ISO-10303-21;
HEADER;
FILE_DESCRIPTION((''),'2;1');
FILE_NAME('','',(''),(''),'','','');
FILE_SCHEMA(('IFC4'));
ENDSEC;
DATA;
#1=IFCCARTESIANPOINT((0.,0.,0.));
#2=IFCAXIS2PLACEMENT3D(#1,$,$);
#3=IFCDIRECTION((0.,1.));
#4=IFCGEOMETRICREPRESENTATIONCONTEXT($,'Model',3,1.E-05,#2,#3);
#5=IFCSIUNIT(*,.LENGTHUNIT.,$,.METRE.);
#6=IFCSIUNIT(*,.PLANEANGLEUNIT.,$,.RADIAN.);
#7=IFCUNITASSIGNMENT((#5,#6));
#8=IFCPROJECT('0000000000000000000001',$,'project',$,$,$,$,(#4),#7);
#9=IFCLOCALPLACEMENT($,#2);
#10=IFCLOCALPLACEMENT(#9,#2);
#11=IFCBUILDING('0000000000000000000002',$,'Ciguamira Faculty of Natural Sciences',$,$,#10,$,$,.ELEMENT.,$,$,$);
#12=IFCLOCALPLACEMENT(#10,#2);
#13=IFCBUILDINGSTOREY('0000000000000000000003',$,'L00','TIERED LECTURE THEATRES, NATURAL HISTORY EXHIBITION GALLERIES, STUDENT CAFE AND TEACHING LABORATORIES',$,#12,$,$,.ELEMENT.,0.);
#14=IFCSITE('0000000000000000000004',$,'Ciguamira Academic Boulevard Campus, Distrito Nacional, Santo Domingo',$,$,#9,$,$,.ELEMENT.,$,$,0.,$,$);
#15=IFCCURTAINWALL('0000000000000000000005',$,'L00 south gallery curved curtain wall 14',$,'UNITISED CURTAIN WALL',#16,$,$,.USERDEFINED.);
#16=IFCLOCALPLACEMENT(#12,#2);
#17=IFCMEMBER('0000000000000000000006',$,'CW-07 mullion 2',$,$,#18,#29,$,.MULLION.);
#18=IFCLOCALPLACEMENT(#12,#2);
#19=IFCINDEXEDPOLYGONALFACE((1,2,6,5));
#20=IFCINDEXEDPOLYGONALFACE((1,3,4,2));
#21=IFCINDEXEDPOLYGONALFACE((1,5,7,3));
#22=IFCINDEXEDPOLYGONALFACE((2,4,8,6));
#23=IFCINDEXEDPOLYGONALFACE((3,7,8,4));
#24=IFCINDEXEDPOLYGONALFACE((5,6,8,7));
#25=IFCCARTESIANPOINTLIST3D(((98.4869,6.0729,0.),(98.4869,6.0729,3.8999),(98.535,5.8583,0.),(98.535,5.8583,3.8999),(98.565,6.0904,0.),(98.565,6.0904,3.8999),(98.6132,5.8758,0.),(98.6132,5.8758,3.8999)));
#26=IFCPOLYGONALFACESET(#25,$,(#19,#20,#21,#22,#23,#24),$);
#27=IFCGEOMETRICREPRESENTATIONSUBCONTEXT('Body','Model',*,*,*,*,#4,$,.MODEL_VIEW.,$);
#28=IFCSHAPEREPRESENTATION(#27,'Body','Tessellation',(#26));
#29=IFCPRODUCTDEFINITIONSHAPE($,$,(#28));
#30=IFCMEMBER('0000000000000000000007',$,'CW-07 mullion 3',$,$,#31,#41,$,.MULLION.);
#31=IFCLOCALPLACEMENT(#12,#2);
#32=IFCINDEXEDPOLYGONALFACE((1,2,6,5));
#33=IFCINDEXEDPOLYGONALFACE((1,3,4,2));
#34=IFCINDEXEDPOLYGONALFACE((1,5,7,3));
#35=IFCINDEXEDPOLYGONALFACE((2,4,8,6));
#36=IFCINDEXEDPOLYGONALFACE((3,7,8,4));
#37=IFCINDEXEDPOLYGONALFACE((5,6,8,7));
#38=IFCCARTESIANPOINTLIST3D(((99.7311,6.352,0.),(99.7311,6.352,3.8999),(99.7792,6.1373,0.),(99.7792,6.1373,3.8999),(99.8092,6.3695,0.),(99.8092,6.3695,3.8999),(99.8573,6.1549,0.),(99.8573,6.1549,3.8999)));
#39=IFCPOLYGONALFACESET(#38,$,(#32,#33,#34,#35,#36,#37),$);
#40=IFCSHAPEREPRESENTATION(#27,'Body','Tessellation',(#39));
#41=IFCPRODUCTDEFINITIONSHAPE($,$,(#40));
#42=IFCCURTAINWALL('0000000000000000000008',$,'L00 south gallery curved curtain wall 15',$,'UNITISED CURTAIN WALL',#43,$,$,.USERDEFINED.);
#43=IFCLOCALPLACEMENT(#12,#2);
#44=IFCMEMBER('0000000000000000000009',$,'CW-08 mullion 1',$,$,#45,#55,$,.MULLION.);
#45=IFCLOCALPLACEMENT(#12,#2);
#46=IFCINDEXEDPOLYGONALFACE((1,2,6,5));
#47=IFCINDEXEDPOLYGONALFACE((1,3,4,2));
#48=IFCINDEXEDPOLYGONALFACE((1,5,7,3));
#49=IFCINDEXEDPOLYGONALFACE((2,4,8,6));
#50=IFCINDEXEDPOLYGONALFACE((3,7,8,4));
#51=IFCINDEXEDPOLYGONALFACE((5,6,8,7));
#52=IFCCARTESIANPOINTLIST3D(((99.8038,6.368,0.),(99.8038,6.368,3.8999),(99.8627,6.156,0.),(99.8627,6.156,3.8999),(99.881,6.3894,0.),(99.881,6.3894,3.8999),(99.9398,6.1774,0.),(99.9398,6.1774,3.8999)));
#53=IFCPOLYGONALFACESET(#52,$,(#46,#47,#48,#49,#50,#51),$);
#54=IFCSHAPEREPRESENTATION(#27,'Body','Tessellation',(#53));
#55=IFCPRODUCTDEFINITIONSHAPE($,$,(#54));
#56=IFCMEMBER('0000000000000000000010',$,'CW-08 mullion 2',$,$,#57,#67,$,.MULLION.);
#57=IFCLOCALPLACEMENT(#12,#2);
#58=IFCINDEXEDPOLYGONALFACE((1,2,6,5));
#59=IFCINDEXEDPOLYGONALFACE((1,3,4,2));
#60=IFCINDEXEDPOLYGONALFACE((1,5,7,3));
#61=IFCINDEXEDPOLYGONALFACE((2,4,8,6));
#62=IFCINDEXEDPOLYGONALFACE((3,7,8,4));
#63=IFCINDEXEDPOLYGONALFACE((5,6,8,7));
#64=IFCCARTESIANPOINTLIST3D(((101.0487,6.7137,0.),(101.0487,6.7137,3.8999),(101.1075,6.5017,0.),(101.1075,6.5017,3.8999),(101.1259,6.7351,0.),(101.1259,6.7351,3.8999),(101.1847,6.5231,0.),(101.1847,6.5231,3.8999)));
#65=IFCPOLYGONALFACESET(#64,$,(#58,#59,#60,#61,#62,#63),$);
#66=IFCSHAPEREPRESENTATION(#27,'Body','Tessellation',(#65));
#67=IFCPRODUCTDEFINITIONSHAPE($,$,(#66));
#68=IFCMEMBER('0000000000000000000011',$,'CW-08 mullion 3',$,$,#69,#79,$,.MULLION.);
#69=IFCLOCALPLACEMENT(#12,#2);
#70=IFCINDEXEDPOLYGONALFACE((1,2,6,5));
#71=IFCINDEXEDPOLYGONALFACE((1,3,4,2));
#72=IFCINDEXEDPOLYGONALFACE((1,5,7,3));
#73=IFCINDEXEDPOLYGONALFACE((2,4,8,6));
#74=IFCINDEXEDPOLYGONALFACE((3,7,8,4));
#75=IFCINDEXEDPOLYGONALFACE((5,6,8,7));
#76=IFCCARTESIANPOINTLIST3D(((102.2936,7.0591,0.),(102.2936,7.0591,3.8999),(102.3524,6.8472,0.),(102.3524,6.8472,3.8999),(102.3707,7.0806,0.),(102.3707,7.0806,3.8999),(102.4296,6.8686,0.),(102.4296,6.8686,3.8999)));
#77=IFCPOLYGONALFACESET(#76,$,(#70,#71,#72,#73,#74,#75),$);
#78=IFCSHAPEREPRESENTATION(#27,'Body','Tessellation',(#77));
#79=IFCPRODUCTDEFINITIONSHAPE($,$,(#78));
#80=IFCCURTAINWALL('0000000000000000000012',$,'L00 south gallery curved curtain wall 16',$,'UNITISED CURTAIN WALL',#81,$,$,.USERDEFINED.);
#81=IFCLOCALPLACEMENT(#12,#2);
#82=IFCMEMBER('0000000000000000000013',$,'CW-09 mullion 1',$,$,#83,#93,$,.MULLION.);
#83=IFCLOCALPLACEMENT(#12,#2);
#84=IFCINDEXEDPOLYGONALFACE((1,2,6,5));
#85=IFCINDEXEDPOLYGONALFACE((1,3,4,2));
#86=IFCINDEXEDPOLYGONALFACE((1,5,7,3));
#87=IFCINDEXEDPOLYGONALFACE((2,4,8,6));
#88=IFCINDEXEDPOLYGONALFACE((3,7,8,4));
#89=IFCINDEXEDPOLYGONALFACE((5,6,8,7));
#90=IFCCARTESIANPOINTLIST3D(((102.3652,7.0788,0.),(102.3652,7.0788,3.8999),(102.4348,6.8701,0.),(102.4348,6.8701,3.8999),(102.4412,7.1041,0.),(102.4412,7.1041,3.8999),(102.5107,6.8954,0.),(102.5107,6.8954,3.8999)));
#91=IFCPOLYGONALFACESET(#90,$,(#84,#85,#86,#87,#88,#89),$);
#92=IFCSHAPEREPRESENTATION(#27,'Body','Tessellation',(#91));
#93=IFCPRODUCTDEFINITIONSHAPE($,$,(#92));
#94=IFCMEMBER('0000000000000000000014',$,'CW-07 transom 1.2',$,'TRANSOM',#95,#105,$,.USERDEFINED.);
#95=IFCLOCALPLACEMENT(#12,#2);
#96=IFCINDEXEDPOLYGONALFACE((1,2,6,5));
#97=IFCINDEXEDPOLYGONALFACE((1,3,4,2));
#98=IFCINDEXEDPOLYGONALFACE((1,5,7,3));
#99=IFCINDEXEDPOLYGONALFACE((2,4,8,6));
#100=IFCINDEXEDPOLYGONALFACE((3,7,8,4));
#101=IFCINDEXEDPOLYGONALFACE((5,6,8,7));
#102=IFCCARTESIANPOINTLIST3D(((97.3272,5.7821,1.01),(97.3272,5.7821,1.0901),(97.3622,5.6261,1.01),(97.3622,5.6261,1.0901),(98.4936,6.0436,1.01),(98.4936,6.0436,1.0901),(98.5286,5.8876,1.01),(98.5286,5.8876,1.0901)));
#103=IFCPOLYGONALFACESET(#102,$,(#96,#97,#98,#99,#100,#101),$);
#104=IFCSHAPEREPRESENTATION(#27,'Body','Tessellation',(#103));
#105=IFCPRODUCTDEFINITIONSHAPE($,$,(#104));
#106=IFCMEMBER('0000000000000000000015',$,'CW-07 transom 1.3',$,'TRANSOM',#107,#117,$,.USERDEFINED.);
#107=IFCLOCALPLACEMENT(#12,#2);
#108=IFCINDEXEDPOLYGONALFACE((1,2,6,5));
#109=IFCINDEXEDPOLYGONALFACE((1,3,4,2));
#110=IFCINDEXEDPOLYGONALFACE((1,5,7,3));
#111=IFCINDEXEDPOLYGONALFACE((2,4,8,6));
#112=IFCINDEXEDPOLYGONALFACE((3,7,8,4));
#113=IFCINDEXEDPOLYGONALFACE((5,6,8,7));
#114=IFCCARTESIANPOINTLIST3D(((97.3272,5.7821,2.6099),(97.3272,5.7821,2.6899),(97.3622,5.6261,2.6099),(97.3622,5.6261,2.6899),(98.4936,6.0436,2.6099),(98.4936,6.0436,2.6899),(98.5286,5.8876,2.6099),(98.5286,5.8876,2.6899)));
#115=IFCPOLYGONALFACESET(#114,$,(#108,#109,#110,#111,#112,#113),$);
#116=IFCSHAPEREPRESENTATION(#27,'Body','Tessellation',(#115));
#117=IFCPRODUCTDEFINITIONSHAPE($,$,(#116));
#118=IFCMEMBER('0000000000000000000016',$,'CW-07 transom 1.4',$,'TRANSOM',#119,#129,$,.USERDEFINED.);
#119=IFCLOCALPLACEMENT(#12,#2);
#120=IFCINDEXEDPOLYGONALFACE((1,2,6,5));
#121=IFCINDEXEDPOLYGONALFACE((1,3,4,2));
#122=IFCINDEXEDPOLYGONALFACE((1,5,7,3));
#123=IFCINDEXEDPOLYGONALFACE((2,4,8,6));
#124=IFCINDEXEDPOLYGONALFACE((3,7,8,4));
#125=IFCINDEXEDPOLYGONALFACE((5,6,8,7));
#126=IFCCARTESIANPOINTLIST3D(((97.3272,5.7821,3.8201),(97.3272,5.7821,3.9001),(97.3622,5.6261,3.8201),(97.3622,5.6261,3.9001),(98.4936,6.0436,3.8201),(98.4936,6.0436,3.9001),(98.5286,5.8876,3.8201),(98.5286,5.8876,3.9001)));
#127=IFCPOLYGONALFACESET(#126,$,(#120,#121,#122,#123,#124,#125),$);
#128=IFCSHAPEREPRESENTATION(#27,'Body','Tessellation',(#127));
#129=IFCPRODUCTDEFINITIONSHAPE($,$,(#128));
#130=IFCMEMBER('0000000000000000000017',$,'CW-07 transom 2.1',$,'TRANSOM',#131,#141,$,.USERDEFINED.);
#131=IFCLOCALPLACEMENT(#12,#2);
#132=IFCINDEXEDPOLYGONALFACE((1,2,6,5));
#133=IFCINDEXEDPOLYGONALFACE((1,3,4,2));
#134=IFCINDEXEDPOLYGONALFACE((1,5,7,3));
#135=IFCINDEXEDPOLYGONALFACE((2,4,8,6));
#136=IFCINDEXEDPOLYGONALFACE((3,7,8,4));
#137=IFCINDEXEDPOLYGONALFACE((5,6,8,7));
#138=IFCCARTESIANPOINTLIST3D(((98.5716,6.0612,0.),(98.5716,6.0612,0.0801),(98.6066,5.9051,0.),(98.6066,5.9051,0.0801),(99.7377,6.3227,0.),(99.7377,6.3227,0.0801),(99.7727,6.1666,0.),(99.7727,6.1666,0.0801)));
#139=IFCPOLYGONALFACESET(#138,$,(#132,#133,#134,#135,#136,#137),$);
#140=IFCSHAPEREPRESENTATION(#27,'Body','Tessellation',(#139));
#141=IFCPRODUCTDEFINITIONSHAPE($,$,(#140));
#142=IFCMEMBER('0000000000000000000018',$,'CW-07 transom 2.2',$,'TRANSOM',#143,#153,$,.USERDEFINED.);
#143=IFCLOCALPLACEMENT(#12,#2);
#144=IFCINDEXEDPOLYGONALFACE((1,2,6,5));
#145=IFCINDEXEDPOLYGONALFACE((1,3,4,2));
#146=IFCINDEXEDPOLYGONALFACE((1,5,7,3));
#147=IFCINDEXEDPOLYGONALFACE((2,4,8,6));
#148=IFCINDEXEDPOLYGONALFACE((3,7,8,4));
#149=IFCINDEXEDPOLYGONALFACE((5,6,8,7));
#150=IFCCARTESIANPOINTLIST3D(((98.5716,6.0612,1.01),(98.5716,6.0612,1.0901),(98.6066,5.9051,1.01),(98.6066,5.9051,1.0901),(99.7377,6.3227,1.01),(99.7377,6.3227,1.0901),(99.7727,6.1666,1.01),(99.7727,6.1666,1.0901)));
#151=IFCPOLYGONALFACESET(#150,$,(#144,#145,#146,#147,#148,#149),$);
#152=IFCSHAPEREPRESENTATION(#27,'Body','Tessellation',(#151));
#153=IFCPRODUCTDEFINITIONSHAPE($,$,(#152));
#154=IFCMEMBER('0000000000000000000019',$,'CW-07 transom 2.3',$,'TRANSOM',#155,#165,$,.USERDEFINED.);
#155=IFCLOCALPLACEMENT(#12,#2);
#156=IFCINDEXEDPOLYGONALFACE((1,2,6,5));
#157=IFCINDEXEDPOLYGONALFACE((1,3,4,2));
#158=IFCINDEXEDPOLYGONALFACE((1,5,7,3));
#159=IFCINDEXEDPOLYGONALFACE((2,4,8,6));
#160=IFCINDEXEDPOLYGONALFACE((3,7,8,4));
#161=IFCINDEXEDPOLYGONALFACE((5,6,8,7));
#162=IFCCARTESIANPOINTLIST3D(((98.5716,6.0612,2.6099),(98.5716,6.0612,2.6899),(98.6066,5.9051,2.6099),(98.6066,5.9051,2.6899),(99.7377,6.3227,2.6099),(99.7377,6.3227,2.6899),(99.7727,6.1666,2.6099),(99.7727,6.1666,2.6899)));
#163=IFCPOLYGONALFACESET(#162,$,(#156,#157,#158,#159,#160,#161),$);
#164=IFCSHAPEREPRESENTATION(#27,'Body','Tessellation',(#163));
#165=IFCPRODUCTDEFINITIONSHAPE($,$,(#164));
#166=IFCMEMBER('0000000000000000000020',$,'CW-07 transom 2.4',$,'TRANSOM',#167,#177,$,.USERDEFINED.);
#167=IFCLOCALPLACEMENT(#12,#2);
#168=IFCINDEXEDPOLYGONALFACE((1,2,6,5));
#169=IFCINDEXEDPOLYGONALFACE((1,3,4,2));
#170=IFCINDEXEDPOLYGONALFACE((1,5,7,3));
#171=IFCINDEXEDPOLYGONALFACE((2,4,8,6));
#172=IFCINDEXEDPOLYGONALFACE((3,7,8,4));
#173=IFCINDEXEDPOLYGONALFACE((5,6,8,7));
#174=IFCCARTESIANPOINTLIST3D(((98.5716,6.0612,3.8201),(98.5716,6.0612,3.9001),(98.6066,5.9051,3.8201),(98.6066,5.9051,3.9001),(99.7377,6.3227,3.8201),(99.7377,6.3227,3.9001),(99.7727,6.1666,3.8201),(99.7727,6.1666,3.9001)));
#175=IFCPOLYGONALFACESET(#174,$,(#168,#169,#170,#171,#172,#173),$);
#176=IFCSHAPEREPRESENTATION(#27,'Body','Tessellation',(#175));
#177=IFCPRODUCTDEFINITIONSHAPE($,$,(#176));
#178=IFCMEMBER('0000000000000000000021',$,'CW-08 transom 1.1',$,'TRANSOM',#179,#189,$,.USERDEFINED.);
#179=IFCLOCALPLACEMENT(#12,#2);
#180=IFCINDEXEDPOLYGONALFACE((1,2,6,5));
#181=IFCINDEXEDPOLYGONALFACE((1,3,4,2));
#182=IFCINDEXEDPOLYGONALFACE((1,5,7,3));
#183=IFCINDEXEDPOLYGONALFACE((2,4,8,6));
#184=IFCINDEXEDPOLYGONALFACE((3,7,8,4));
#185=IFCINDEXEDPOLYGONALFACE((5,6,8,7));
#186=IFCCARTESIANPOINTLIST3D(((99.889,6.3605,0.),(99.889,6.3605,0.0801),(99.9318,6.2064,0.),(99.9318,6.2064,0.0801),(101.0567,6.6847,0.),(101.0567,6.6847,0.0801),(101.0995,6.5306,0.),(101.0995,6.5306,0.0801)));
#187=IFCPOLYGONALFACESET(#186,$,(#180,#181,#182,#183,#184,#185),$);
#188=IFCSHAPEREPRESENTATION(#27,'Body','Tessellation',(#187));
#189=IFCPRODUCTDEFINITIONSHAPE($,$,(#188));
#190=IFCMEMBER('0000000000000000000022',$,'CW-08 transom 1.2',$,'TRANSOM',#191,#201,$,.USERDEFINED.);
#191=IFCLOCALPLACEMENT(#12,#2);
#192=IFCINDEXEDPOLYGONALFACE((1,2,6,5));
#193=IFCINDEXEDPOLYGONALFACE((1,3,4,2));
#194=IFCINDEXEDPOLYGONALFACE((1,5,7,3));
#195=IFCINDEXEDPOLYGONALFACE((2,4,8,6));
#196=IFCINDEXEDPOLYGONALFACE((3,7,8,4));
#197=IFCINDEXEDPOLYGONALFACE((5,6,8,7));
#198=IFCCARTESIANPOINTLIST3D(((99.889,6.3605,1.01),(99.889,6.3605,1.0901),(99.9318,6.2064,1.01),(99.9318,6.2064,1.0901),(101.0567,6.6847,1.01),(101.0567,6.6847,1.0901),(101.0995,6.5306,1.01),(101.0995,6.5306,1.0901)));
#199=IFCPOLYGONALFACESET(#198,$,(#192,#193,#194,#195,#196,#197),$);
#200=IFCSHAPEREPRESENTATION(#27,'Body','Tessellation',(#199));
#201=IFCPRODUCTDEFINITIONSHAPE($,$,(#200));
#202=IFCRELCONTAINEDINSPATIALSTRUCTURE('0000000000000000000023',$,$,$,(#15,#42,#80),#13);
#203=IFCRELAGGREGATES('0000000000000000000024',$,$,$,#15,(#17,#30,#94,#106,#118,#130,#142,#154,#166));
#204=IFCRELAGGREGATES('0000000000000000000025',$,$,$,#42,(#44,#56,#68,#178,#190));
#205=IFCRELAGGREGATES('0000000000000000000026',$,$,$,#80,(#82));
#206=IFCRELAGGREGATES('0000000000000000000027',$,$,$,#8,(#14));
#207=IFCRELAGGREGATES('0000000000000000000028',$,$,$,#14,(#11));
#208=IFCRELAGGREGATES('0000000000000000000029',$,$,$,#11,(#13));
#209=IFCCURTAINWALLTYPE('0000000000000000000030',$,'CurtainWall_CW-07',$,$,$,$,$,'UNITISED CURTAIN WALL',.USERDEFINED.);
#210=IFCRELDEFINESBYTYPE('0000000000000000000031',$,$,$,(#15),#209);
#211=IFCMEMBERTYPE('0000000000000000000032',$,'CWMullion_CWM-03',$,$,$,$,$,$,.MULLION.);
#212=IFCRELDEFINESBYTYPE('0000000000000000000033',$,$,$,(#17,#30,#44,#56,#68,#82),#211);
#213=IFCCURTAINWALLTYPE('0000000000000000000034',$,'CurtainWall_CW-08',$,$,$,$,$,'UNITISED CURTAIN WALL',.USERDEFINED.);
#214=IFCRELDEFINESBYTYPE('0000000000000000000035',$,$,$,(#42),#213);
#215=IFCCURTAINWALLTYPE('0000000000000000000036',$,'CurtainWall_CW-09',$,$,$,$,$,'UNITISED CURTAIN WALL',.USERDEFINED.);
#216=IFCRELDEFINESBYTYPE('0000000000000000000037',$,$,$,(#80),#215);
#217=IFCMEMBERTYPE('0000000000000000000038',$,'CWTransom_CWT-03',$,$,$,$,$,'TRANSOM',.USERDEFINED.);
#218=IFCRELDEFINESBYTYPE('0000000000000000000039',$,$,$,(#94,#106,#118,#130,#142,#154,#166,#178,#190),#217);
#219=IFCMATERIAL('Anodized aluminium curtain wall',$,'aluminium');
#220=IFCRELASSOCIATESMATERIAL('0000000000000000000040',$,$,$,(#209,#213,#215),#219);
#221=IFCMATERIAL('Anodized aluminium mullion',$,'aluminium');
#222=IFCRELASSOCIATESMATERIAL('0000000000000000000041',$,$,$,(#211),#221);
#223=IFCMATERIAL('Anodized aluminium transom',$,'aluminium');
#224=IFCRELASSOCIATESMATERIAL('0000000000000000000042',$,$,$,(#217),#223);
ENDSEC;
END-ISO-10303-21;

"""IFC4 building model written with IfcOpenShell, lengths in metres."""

from ifc_helpers import new_model, si_unit, direction, frame, origin, origin_2d, place, context, subcontext, project, spatial, rectangle, extrude, material, material_profile, profile_set, type_object, element, aggregate, save


model = new_model("IFC4")

# Units and contexts
model_context = context("Model", 3, precision=1e-05, world=origin(), true_north=direction((0.0, 1.0)))
body_context = subcontext(model_context, "Body", "Model", "MODEL_VIEW")
ifc_project = project(units=[si_unit("LENGTHUNIT", "METRE"), si_unit("PLANEANGLEUNIT", "RADIAN")], contexts=[model_context])

# Site, building, storey
site_placement = place(None, origin())
site = spatial("IfcSite", under=ifc_project, at=site_placement, Name="Ciguamira Academic Boulevard Campus, Distrito Nacional, Santo Domingo", CompositionType="ELEMENT", RefElevation=0.0)
building_placement = place(site_placement, origin())
building = spatial("IfcBuilding", under=site, at=building_placement, Name="Ciguamira Faculty of Natural Sciences", CompositionType="ELEMENT")
storey_placement = place(building_placement, origin())
storey = spatial("IfcBuildingStorey", under=building, at=storey_placement, Name="L00", Description="TIERED LECTURE THEATRES, NATURAL HISTORY EXHIBITION GALLERIES, STUDENT CAFE AND TEACHING LABORATORIES", CompositionType="ELEMENT", Elevation=0.0)

# Curtain walls, members
ifc_material_1 = material(Name="Anodized aluminium curtain wall", Category="aluminium")
curtain_wall_type_1 = type_object("IfcCurtainWallType", Name="CurtainWall_CW-07", ElementType="UNITISED CURTAIN WALL", PredefinedType="USERDEFINED", material=ifc_material_1)
curtain_wall_1_placement = place(storey_placement, origin())
curtain_wall_1 = element("IfcCurtainWall", 1, at=curtain_wall_1_placement, inside=storey, type_object=curtain_wall_type_1, Name="L00 south gallery curved curtain wall 14", ObjectType="UNITISED CURTAIN WALL", PredefinedType="USERDEFINED")
ifc_material_2 = material(Name="Anodized aluminium mullion", Category="aluminium")
ifc_material_profile_1 = material_profile(ifc_material_2, rectangle(XDim=0.0801, YDim=0.22, at=origin_2d()), Name="ALU-MUL-80X220")
ifc_profile_set_1 = profile_set([ifc_material_profile_1], Name="Anodized aluminium mullion")
member_type_1 = type_object("IfcMemberType", Name="CWMullion_CWM-03", PredefinedType="MULLION", material=ifc_profile_set_1)
member_1_placement = place(storey_placement, frame((98.55, 5.9744, 0.0), z_axis=(0.0, 0.0, 1.0), x_axis=(0.975763, 0.21883, 0.0)))
member_1 = element("IfcMember", 2, at=member_1_placement, type_object=member_type_1, Name="CW-07 mullion 2", PredefinedType="MULLION", context=body_context, shape_type="SweptSolid", body=[
    extrude(rectangle(XDim=0.0801, YDim=0.22, at=origin_2d()), origin(), (0.0, 0.0, 1.0), 3.8999),
])
member_2_placement = place(storey_placement, frame((99.7942, 6.2534, 0.0), z_axis=(0.0, 0.0, 1.0), x_axis=(0.975763, 0.21883, 0.0)))
member_2 = element("IfcMember", 3, at=member_2_placement, type_object=member_type_1, Name="CW-07 mullion 3", PredefinedType="MULLION", context=body_context, shape_type="SweptSolid", body=[
    extrude(rectangle(XDim=0.0801, YDim=0.22, at=origin_2d()), origin(), (0.0, 0.0, 1.0), 3.8999),
])
curtain_wall_type_2 = type_object("IfcCurtainWallType", Name="CurtainWall_CW-08", ElementType="UNITISED CURTAIN WALL", PredefinedType="USERDEFINED", material=ifc_material_1)
curtain_wall_2_placement = place(storey_placement, origin())
curtain_wall_2 = element("IfcCurtainWall", 4, at=curtain_wall_2_placement, inside=storey, type_object=curtain_wall_type_2, Name="L00 south gallery curved curtain wall 15", ObjectType="UNITISED CURTAIN WALL", PredefinedType="USERDEFINED")
member_3_placement = place(storey_placement, frame((99.8718, 6.2727, 0.0), z_axis=(0.0, 0.0, 1.0), x_axis=(0.963573, 0.267444, 0.0)))
member_3 = element("IfcMember", 5, at=member_3_placement, type_object=member_type_1, Name="CW-08 mullion 1", PredefinedType="MULLION", context=body_context, shape_type="SweptSolid", body=[
    extrude(rectangle(XDim=0.0801, YDim=0.22, at=origin_2d()), origin(), (0.0, 0.0, 1.0), 3.8999),
])
member_4_placement = place(storey_placement, frame((101.1167, 6.6184, 0.0), z_axis=(0.0, 0.0, 1.0), x_axis=(0.963573, 0.267444, 0.0)))
member_4 = element("IfcMember", 6, at=member_4_placement, type_object=member_type_1, Name="CW-08 mullion 2", PredefinedType="MULLION", context=body_context, shape_type="SweptSolid", body=[
    extrude(rectangle(XDim=0.0801, YDim=0.22, at=origin_2d()), origin(), (0.0, 0.0, 1.0), 3.8999),
])
member_5_placement = place(storey_placement, frame((102.3616, 6.9639, 0.0), z_axis=(0.0, 0.0, 1.0), x_axis=(0.963573, 0.267444, 0.0)))
member_5 = element("IfcMember", 7, at=member_5_placement, type_object=member_type_1, Name="CW-08 mullion 3", PredefinedType="MULLION", context=body_context, shape_type="SweptSolid", body=[
    extrude(rectangle(XDim=0.0801, YDim=0.22, at=origin_2d()), origin(), (0.0, 0.0, 1.0), 3.8999),
])

# Curtain wall, member
curtain_wall_type_3 = type_object("IfcCurtainWallType", Name="CurtainWall_CW-09", ElementType="UNITISED CURTAIN WALL", PredefinedType="USERDEFINED", material=ifc_material_1)
curtain_wall_3_placement = place(storey_placement, origin())
curtain_wall_3 = element("IfcCurtainWall", 8, at=curtain_wall_3_placement, inside=storey, type_object=curtain_wall_type_3, Name="L00 south gallery curved curtain wall 16", ObjectType="UNITISED CURTAIN WALL", PredefinedType="USERDEFINED")
member_6_placement = place(storey_placement, frame((102.438, 6.9871, 0.0), z_axis=(0.0, 0.0, 1.0), x_axis=(0.948735, 0.316073, 0.0)))
member_6 = element("IfcMember", 9, at=member_6_placement, type_object=member_type_1, Name="CW-09 mullion 1", PredefinedType="MULLION", context=body_context, shape_type="SweptSolid", body=[
    extrude(rectangle(XDim=0.0801, YDim=0.22, at=origin_2d()), origin(), (0.0, 0.0, 1.0), 3.8999),
])

# Members
ifc_material_3 = material(Name="Anodized aluminium transom", Category="aluminium")
ifc_material_profile_2 = material_profile(ifc_material_3, rectangle(XDim=0.0801, YDim=0.1599, at=origin_2d()), Name="ALU-TRN-80X160")
ifc_profile_set_2 = profile_set([ifc_material_profile_2], Name="Anodized aluminium transom")
member_type_2 = type_object("IfcMemberType", Name="CWTransom_CWT-03", ElementType="TRANSOM", PredefinedType="USERDEFINED", material=ifc_profile_set_2)
member_7_placement = place(storey_placement, frame((97.3447, 5.7041, 1.05), z_axis=(0.975777, 0.218768, 0.0), x_axis=(0.0, 0.0, 1.0)))
member_7 = element("IfcMember", 10, at=member_7_placement, type_object=member_type_2, Name="CW-07 transom 1.2", ObjectType="TRANSOM", PredefinedType="USERDEFINED", context=body_context, shape_type="SweptSolid", body=[
    extrude(rectangle(XDim=0.0801, YDim=0.1599, at=origin_2d()), origin(), (0.0, 0.0, 1.0), 1.1953),
])
member_8_placement = place(storey_placement, frame((97.3447, 5.7041, 2.6499), z_axis=(0.975777, 0.218768, 0.0), x_axis=(0.0, 0.0, 1.0)))
member_8 = element("IfcMember", 11, at=member_8_placement, type_object=member_type_2, Name="CW-07 transom 1.3", ObjectType="TRANSOM", PredefinedType="USERDEFINED", context=body_context, shape_type="SweptSolid", body=[
    extrude(rectangle(XDim=0.0801, YDim=0.1599, at=origin_2d()), origin(), (0.0, 0.0, 1.0), 1.1953),
])
member_9_placement = place(storey_placement, frame((97.3447, 5.7041, 3.8601), z_axis=(0.975777, 0.218768, 0.0), x_axis=(0.0, 0.0, 1.0)))
member_9 = element("IfcMember", 12, at=member_9_placement, type_object=member_type_2, Name="CW-07 transom 1.4", ObjectType="TRANSOM", PredefinedType="USERDEFINED", context=body_context, shape_type="SweptSolid", body=[
    extrude(rectangle(XDim=0.0801, YDim=0.1599, at=origin_2d()), origin(), (0.0, 0.0, 1.0), 1.1953),
])
member_10_placement = place(storey_placement, frame((98.5891, 5.9832, 0.04), z_axis=(0.975767, 0.218812, 0.0), x_axis=(0.0, 0.0, 1.0)))
member_10 = element("IfcMember", 13, at=member_10_placement, type_object=member_type_2, Name="CW-07 transom 2.1", ObjectType="TRANSOM", PredefinedType="USERDEFINED", context=body_context, shape_type="SweptSolid", body=[
    extrude(rectangle(XDim=0.0801, YDim=0.1599, at=origin_2d()), origin(), (0.0, 0.0, 1.0), 1.1951),
])
member_11_placement = place(storey_placement, frame((98.5891, 5.9832, 1.05), z_axis=(0.975767, 0.218812, 0.0), x_axis=(0.0, 0.0, 1.0)))
member_11 = element("IfcMember", 14, at=member_11_placement, type_object=member_type_2, Name="CW-07 transom 2.2", ObjectType="TRANSOM", PredefinedType="USERDEFINED", context=body_context, shape_type="SweptSolid", body=[
    extrude(rectangle(XDim=0.0801, YDim=0.1599, at=origin_2d()), origin(), (0.0, 0.0, 1.0), 1.1951),
])
member_12_placement = place(storey_placement, frame((98.5891, 5.9832, 2.6499), z_axis=(0.975767, 0.218812, 0.0), x_axis=(0.0, 0.0, 1.0)))
member_12 = element("IfcMember", 15, at=member_12_placement, type_object=member_type_2, Name="CW-07 transom 2.3", ObjectType="TRANSOM", PredefinedType="USERDEFINED", context=body_context, shape_type="SweptSolid", body=[
    extrude(rectangle(XDim=0.0801, YDim=0.1599, at=origin_2d()), origin(), (0.0, 0.0, 1.0), 1.1951),
])
member_13_placement = place(storey_placement, frame((98.5891, 5.9832, 3.8601), z_axis=(0.975767, 0.218812, 0.0), x_axis=(0.0, 0.0, 1.0)))
member_13 = element("IfcMember", 16, at=member_13_placement, type_object=member_type_2, Name="CW-07 transom 2.4", ObjectType="TRANSOM", PredefinedType="USERDEFINED", context=body_context, shape_type="SweptSolid", body=[
    extrude(rectangle(XDim=0.0801, YDim=0.1599, at=origin_2d()), origin(), (0.0, 0.0, 1.0), 1.1951),
])
member_14_placement = place(storey_placement, frame((99.9104, 6.2834, 0.04), z_axis=(0.96355, 0.26753, 0.0), x_axis=(0.0, 0.0, 1.0)))
member_14 = element("IfcMember", 17, at=member_14_placement, type_object=member_type_2, Name="CW-08 transom 1.1", ObjectType="TRANSOM", PredefinedType="USERDEFINED", context=body_context, shape_type="SweptSolid", body=[
    extrude(rectangle(XDim=0.0801, YDim=0.1599, at=origin_2d()), origin(), (0.0, 0.0, 1.0), 1.2119),
])
member_15_placement = place(storey_placement, frame((99.9104, 6.2834, 1.05), z_axis=(0.96355, 0.26753, 0.0), x_axis=(0.0, 0.0, 1.0)))
member_15 = element("IfcMember", 18, at=member_15_placement, type_object=member_type_2, Name="CW-08 transom 1.2", ObjectType="TRANSOM", PredefinedType="USERDEFINED", context=body_context, shape_type="SweptSolid", body=[
    extrude(rectangle(XDim=0.0801, YDim=0.1599, at=origin_2d()), origin(), (0.0, 0.0, 1.0), 1.2119),
])

aggregate(curtain_wall_1, [member_1, member_2, member_7, member_8, member_9, member_10, member_11, member_12, member_13])
aggregate(curtain_wall_2, [member_3, member_4, member_5, member_14, member_15])
aggregate(curtain_wall_3, [member_6])

save(model, "model.ifc")
